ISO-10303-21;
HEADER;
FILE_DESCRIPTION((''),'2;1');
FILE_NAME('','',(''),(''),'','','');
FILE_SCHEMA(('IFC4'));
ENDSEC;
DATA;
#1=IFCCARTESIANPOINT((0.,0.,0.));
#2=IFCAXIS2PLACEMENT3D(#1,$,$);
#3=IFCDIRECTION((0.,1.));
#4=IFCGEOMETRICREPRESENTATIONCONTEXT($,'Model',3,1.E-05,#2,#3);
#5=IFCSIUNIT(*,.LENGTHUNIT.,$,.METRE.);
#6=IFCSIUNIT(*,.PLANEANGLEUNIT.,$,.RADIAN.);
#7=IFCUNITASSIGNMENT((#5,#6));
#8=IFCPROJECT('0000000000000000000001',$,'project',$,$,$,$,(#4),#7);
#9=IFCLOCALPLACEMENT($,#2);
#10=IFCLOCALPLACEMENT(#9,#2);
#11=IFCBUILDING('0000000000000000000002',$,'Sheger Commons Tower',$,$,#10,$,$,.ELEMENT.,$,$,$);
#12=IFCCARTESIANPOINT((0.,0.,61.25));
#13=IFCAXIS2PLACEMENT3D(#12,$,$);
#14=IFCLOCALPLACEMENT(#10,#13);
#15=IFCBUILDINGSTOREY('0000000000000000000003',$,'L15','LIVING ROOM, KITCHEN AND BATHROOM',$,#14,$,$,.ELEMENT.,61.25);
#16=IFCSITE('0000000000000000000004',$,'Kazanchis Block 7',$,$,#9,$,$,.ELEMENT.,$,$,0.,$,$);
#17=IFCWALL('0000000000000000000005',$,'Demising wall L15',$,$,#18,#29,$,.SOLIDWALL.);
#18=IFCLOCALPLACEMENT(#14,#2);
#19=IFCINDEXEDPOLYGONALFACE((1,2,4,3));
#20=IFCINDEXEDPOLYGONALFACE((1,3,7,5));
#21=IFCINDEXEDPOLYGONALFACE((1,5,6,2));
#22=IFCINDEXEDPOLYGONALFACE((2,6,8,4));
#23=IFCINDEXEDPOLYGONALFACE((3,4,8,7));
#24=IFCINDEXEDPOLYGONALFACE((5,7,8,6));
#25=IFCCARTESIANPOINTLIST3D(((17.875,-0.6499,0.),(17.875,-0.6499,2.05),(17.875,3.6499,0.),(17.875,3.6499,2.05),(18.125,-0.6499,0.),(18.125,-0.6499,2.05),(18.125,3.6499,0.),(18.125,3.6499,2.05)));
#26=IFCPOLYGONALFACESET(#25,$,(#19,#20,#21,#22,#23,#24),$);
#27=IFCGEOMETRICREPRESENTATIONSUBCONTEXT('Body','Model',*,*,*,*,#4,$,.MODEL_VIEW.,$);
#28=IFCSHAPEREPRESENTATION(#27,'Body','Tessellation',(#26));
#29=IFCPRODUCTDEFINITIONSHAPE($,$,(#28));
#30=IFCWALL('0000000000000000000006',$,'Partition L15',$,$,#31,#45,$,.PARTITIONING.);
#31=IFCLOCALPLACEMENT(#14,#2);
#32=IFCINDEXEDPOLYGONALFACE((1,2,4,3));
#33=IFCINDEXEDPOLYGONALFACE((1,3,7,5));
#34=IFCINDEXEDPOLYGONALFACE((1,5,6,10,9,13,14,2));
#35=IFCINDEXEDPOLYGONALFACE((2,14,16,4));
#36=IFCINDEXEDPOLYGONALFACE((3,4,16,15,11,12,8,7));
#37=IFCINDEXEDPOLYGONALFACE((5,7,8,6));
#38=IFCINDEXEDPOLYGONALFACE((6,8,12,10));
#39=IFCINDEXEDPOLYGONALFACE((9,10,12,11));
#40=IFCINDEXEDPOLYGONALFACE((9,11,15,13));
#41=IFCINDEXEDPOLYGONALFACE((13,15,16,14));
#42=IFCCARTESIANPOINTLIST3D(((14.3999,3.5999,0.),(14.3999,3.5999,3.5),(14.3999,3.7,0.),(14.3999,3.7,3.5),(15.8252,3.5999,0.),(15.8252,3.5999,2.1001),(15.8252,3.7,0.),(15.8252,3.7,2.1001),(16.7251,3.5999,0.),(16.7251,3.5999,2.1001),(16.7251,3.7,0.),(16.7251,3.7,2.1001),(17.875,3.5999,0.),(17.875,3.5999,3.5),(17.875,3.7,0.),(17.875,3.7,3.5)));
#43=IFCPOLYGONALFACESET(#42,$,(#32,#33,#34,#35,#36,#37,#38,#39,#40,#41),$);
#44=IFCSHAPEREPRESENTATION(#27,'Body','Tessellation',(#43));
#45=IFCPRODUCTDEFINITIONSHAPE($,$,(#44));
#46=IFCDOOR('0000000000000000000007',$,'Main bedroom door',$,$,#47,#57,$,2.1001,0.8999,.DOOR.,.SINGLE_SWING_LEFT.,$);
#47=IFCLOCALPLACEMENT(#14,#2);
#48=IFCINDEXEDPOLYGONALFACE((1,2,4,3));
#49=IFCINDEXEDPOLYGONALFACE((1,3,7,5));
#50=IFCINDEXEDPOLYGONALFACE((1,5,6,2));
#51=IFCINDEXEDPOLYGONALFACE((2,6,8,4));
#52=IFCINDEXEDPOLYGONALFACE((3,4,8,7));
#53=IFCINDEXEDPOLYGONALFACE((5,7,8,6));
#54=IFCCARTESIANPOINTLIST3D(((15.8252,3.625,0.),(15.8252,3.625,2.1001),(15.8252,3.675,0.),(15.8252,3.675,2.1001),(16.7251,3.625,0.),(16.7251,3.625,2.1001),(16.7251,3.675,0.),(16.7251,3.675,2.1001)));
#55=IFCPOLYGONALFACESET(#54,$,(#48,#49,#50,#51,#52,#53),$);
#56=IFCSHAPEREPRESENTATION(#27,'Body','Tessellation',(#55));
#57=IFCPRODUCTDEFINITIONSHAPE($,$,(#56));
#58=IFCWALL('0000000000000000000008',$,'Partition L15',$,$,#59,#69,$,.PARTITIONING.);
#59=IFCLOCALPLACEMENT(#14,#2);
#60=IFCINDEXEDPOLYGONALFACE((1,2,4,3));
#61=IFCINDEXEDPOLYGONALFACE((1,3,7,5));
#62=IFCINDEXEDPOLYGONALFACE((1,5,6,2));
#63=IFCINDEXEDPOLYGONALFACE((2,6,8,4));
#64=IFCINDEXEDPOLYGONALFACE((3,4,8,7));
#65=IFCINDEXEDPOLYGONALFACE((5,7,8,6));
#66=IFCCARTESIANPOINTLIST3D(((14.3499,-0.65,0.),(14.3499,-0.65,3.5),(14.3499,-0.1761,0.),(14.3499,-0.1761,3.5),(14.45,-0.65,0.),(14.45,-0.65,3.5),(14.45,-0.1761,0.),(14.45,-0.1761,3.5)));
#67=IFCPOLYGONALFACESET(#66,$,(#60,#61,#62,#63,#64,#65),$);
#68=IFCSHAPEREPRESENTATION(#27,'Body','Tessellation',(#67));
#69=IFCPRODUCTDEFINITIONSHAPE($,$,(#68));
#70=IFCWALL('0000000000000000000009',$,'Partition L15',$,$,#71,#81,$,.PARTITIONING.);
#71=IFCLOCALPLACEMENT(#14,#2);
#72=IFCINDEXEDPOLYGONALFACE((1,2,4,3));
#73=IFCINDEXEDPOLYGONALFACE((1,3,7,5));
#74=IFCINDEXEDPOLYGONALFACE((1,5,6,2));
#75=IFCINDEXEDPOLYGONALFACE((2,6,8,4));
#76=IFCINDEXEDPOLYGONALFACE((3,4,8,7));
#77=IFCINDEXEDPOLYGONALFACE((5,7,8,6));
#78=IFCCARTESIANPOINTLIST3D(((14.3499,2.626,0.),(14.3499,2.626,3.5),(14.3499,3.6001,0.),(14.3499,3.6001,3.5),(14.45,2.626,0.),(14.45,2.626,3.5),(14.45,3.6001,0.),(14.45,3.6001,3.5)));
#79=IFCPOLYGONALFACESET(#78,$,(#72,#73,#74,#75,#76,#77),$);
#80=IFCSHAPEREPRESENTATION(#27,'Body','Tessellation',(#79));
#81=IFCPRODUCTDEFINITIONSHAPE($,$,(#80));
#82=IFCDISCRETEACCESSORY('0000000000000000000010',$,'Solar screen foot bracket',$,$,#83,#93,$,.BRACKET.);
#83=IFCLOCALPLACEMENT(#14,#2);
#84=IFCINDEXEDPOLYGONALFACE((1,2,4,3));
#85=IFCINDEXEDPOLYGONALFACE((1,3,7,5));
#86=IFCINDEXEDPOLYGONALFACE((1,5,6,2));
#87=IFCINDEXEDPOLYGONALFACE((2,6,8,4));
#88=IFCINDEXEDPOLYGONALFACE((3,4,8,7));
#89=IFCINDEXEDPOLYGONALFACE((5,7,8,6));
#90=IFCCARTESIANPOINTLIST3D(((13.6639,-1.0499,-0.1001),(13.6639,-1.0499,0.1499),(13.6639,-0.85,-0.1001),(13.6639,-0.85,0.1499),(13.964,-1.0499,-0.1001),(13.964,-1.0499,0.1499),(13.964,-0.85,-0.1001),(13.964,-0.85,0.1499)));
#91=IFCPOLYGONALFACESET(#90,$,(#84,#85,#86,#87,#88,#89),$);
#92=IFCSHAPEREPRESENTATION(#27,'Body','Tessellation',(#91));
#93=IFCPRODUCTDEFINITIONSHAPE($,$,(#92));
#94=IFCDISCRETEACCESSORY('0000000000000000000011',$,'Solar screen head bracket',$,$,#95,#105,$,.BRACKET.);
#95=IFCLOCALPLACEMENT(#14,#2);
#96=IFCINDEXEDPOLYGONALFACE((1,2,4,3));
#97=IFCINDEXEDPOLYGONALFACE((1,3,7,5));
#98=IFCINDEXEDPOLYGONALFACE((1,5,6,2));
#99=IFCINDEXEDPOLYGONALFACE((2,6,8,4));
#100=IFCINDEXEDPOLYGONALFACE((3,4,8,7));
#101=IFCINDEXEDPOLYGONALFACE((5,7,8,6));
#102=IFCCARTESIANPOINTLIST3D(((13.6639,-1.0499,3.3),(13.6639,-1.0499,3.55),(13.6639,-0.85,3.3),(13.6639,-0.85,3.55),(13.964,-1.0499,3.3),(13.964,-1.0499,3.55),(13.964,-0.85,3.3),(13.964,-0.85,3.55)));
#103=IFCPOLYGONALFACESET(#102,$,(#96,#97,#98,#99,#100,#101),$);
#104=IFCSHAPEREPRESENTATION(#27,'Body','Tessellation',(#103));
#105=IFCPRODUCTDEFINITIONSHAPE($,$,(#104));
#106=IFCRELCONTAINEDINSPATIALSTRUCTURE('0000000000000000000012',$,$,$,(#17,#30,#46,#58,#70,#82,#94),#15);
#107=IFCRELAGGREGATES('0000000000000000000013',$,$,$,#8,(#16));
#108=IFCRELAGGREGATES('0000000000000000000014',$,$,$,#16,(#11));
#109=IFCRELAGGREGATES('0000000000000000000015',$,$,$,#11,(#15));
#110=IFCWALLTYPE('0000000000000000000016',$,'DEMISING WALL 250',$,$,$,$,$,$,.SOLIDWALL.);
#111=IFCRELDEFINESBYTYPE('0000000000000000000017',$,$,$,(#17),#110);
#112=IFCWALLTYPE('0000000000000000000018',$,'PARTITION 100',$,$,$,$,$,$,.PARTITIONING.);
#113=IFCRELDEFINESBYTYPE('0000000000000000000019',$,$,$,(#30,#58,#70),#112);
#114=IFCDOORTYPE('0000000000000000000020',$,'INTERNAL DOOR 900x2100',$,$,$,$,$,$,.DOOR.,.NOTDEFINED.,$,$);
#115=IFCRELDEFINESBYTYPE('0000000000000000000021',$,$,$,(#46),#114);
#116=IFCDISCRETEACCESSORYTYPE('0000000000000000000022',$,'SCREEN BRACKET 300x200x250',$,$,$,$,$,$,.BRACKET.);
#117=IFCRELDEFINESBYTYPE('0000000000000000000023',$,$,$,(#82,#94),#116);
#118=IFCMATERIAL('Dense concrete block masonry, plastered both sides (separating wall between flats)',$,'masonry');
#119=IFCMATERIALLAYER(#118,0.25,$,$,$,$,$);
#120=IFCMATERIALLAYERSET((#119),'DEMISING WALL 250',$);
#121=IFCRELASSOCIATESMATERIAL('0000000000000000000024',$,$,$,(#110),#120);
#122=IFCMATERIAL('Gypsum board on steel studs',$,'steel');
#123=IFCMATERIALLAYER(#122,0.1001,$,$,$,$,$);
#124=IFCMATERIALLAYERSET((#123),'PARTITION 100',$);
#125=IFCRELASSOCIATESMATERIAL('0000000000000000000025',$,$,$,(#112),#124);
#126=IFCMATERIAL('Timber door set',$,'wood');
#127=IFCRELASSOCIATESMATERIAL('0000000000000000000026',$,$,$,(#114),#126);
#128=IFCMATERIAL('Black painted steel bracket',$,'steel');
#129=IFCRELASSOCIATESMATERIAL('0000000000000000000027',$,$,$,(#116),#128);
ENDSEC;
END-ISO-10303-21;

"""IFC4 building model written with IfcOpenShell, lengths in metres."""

from ifc_helpers import new_model, si_unit, direction, frame, frame_2d, origin, origin_2d, place, context, subcontext, project, spatial, rectangle, extrude, material, layer, layer_set, type_object, element, fill, save


model = new_model("IFC4")

# Units and contexts
model_context = context("Model", 3, precision=1e-05, world=origin(), true_north=direction((0.0, 1.0)))
body_context = subcontext(model_context, "Body", "Model", "MODEL_VIEW")
ifc_project = project(units=[si_unit("LENGTHUNIT", "METRE"), si_unit("PLANEANGLEUNIT", "RADIAN")], contexts=[model_context])

# Site, building, storey
site_placement = place(None, origin())
site = spatial("IfcSite", under=ifc_project, at=site_placement, Name="Kazanchis Block 7", CompositionType="ELEMENT", RefElevation=0.0)
building_placement = place(site_placement, origin())
building = spatial("IfcBuilding", under=site, at=building_placement, Name="Sheger Commons Tower", CompositionType="ELEMENT")
storey_placement = place(building_placement, frame((0.0, 0.0, 61.25)))
storey = spatial("IfcBuildingStorey", under=building, at=storey_placement, Name="L15", Description="LIVING ROOM, KITCHEN AND BATHROOM", CompositionType="ELEMENT", Elevation=61.25)

# Wall
ifc_material_1 = material(Name="Dense concrete block masonry, plastered both sides (separating wall between flats)", Category="masonry")
ifc_layer_1 = layer(ifc_material_1, 0.25)
ifc_layer_set_1 = layer_set([ifc_layer_1], Name="DEMISING WALL 250")
wall_type_1 = type_object("IfcWallType", Name="DEMISING WALL 250", PredefinedType="SOLIDWALL", material=ifc_layer_set_1)
wall_1_placement = place(storey_placement, frame((18.0, -0.6499, 0.0), z_axis=(0.0, 0.0, 1.0), x_axis=(0.0, 1.0, 0.0)))
element("IfcWall", 1, at=wall_1_placement, inside=storey, type_object=wall_type_1, Name="Demising wall L15", PredefinedType="SOLIDWALL", context=body_context, shape_type="SweptSolid", body=[
    extrude(rectangle(XDim=4.2998, YDim=0.25, at=frame_2d((2.1499, 0.0))), origin(), (0.0, 0.0, 1.0), 2.05),
])

# Wall, opening, door
ifc_material_2 = material(Name="Gypsum board on steel studs", Category="steel")
ifc_layer_2 = layer(ifc_material_2, 0.1001)
ifc_layer_set_2 = layer_set([ifc_layer_2], Name="PARTITION 100")
wall_type_2 = type_object("IfcWallType", Name="PARTITION 100", PredefinedType="PARTITIONING", material=ifc_layer_set_2)
wall_2_placement = place(storey_placement, frame((17.875, 3.6499, 0.0), z_axis=(0.0, 0.0, 1.0), x_axis=(-1.0, 0.0, 0.0)))
wall_2 = element("IfcWall", 2, at=wall_2_placement, inside=storey, type_object=wall_type_2, Name="Partition L15", PredefinedType="PARTITIONING", context=body_context, shape_type="SweptSolid", body=[
    extrude(rectangle(XDim=3.4751, YDim=0.1001, at=frame_2d((1.7375, 0.0))), origin(), (0.0, 0.0, 1.0), 3.5),
])
opening_1_placement = place(wall_2_placement, frame((1.1499, 0.0, 0.0)))
opening_1 = element("IfcOpeningElement", 3, at=opening_1_placement, cuts=wall_2, PredefinedType="OPENING", context=body_context, shape_type="SweptSolid", body=[
    extrude(rectangle(XDim=0.8999, YDim=2.1001, at=frame_2d((0.45, 1.05))), frame((0.0, 0.0601, 0.0), z_axis=(0.0, -1.0, 0.0), x_axis=(1.0, 0.0, 0.0)), (0.0, 0.0, 1.0), 0.1201),
])
ifc_material_3 = material(Name="Timber door set", Category="wood")
door_type_1 = type_object("IfcDoorType", Name="INTERNAL DOOR 900x2100", OperationType="NOTDEFINED", PredefinedType="DOOR", material=ifc_material_3)
door_1_placement = place(opening_1_placement, origin())
door_1 = element("IfcDoor", 4, at=door_1_placement, inside=storey, type_object=door_type_1, Name="Main bedroom door", OperationType="SINGLE_SWING_LEFT", OverallHeight=2.1001, OverallWidth=0.8999, PredefinedType="DOOR", context=body_context, shape_type="SweptSolid", body=[
    extrude(rectangle(XDim=0.8999, YDim=2.1001, at=frame_2d((0.45, 1.05))), frame((0.0, 0.0249, 0.0), z_axis=(0.0, -1.0, 0.0), x_axis=(1.0, 0.0, 0.0)), (0.0, 0.0, 1.0), 0.05),
])
fill(opening_1, door_1)

# Walls
wall_3_placement = place(storey_placement, frame((14.3999, -0.6499, 0.0), z_axis=(0.0, 0.0, 1.0), x_axis=(0.0, 1.0, 0.0)))
element("IfcWall", 5, at=wall_3_placement, inside=storey, type_object=wall_type_2, Name="Partition L15", PredefinedType="PARTITIONING", context=body_context, shape_type="SweptSolid", body=[
    extrude(rectangle(XDim=0.4739, YDim=0.1001, at=frame_2d((0.2368, 0.0))), origin(), (0.0, 0.0, 1.0), 3.5),
])
wall_4_placement = place(storey_placement, frame((14.3999, 2.626, 0.0), z_axis=(0.0, 0.0, 1.0), x_axis=(0.0, 1.0, 0.0)))
element("IfcWall", 6, at=wall_4_placement, inside=storey, type_object=wall_type_2, Name="Partition L15", PredefinedType="PARTITIONING", context=body_context, shape_type="SweptSolid", body=[
    extrude(rectangle(XDim=0.9741, YDim=0.1001, at=frame_2d((0.4871, 0.0))), origin(), (0.0, 0.0, 1.0), 3.5),
])

# Discrete accessories
ifc_material_4 = material(Name="Black painted steel bracket", Category="steel")
discrete_accessory_type = type_object("IfcDiscreteAccessoryType", Name="SCREEN BRACKET 300x200x250", PredefinedType="BRACKET", material=ifc_material_4)
for number, where, z_axis, x_axis, name in (
    (7, (13.814, -0.95, -0.1001), (0.0, 0.0, 1.0), (1.0, 0.0, 0.0), "Solar screen foot bracket"),
    (8, (13.814, -0.95, 3.3), (0.0, 0.0, 1.0), (1.0, 0.0, 0.0), "Solar screen head bracket"),
):
    element("IfcDiscreteAccessory", number, at=place(storey_placement, frame(where, z_axis=z_axis, x_axis=x_axis)), inside=storey, type_object=discrete_accessory_type, Name=name, PredefinedType="BRACKET", context=body_context, shape_type="SweptSolid", body=[
        extrude(rectangle(XDim=0.3, YDim=0.2, at=origin_2d()), origin(), (0.0, 0.0, 1.0), 0.25),
    ])

save(model, "model.ifc")
